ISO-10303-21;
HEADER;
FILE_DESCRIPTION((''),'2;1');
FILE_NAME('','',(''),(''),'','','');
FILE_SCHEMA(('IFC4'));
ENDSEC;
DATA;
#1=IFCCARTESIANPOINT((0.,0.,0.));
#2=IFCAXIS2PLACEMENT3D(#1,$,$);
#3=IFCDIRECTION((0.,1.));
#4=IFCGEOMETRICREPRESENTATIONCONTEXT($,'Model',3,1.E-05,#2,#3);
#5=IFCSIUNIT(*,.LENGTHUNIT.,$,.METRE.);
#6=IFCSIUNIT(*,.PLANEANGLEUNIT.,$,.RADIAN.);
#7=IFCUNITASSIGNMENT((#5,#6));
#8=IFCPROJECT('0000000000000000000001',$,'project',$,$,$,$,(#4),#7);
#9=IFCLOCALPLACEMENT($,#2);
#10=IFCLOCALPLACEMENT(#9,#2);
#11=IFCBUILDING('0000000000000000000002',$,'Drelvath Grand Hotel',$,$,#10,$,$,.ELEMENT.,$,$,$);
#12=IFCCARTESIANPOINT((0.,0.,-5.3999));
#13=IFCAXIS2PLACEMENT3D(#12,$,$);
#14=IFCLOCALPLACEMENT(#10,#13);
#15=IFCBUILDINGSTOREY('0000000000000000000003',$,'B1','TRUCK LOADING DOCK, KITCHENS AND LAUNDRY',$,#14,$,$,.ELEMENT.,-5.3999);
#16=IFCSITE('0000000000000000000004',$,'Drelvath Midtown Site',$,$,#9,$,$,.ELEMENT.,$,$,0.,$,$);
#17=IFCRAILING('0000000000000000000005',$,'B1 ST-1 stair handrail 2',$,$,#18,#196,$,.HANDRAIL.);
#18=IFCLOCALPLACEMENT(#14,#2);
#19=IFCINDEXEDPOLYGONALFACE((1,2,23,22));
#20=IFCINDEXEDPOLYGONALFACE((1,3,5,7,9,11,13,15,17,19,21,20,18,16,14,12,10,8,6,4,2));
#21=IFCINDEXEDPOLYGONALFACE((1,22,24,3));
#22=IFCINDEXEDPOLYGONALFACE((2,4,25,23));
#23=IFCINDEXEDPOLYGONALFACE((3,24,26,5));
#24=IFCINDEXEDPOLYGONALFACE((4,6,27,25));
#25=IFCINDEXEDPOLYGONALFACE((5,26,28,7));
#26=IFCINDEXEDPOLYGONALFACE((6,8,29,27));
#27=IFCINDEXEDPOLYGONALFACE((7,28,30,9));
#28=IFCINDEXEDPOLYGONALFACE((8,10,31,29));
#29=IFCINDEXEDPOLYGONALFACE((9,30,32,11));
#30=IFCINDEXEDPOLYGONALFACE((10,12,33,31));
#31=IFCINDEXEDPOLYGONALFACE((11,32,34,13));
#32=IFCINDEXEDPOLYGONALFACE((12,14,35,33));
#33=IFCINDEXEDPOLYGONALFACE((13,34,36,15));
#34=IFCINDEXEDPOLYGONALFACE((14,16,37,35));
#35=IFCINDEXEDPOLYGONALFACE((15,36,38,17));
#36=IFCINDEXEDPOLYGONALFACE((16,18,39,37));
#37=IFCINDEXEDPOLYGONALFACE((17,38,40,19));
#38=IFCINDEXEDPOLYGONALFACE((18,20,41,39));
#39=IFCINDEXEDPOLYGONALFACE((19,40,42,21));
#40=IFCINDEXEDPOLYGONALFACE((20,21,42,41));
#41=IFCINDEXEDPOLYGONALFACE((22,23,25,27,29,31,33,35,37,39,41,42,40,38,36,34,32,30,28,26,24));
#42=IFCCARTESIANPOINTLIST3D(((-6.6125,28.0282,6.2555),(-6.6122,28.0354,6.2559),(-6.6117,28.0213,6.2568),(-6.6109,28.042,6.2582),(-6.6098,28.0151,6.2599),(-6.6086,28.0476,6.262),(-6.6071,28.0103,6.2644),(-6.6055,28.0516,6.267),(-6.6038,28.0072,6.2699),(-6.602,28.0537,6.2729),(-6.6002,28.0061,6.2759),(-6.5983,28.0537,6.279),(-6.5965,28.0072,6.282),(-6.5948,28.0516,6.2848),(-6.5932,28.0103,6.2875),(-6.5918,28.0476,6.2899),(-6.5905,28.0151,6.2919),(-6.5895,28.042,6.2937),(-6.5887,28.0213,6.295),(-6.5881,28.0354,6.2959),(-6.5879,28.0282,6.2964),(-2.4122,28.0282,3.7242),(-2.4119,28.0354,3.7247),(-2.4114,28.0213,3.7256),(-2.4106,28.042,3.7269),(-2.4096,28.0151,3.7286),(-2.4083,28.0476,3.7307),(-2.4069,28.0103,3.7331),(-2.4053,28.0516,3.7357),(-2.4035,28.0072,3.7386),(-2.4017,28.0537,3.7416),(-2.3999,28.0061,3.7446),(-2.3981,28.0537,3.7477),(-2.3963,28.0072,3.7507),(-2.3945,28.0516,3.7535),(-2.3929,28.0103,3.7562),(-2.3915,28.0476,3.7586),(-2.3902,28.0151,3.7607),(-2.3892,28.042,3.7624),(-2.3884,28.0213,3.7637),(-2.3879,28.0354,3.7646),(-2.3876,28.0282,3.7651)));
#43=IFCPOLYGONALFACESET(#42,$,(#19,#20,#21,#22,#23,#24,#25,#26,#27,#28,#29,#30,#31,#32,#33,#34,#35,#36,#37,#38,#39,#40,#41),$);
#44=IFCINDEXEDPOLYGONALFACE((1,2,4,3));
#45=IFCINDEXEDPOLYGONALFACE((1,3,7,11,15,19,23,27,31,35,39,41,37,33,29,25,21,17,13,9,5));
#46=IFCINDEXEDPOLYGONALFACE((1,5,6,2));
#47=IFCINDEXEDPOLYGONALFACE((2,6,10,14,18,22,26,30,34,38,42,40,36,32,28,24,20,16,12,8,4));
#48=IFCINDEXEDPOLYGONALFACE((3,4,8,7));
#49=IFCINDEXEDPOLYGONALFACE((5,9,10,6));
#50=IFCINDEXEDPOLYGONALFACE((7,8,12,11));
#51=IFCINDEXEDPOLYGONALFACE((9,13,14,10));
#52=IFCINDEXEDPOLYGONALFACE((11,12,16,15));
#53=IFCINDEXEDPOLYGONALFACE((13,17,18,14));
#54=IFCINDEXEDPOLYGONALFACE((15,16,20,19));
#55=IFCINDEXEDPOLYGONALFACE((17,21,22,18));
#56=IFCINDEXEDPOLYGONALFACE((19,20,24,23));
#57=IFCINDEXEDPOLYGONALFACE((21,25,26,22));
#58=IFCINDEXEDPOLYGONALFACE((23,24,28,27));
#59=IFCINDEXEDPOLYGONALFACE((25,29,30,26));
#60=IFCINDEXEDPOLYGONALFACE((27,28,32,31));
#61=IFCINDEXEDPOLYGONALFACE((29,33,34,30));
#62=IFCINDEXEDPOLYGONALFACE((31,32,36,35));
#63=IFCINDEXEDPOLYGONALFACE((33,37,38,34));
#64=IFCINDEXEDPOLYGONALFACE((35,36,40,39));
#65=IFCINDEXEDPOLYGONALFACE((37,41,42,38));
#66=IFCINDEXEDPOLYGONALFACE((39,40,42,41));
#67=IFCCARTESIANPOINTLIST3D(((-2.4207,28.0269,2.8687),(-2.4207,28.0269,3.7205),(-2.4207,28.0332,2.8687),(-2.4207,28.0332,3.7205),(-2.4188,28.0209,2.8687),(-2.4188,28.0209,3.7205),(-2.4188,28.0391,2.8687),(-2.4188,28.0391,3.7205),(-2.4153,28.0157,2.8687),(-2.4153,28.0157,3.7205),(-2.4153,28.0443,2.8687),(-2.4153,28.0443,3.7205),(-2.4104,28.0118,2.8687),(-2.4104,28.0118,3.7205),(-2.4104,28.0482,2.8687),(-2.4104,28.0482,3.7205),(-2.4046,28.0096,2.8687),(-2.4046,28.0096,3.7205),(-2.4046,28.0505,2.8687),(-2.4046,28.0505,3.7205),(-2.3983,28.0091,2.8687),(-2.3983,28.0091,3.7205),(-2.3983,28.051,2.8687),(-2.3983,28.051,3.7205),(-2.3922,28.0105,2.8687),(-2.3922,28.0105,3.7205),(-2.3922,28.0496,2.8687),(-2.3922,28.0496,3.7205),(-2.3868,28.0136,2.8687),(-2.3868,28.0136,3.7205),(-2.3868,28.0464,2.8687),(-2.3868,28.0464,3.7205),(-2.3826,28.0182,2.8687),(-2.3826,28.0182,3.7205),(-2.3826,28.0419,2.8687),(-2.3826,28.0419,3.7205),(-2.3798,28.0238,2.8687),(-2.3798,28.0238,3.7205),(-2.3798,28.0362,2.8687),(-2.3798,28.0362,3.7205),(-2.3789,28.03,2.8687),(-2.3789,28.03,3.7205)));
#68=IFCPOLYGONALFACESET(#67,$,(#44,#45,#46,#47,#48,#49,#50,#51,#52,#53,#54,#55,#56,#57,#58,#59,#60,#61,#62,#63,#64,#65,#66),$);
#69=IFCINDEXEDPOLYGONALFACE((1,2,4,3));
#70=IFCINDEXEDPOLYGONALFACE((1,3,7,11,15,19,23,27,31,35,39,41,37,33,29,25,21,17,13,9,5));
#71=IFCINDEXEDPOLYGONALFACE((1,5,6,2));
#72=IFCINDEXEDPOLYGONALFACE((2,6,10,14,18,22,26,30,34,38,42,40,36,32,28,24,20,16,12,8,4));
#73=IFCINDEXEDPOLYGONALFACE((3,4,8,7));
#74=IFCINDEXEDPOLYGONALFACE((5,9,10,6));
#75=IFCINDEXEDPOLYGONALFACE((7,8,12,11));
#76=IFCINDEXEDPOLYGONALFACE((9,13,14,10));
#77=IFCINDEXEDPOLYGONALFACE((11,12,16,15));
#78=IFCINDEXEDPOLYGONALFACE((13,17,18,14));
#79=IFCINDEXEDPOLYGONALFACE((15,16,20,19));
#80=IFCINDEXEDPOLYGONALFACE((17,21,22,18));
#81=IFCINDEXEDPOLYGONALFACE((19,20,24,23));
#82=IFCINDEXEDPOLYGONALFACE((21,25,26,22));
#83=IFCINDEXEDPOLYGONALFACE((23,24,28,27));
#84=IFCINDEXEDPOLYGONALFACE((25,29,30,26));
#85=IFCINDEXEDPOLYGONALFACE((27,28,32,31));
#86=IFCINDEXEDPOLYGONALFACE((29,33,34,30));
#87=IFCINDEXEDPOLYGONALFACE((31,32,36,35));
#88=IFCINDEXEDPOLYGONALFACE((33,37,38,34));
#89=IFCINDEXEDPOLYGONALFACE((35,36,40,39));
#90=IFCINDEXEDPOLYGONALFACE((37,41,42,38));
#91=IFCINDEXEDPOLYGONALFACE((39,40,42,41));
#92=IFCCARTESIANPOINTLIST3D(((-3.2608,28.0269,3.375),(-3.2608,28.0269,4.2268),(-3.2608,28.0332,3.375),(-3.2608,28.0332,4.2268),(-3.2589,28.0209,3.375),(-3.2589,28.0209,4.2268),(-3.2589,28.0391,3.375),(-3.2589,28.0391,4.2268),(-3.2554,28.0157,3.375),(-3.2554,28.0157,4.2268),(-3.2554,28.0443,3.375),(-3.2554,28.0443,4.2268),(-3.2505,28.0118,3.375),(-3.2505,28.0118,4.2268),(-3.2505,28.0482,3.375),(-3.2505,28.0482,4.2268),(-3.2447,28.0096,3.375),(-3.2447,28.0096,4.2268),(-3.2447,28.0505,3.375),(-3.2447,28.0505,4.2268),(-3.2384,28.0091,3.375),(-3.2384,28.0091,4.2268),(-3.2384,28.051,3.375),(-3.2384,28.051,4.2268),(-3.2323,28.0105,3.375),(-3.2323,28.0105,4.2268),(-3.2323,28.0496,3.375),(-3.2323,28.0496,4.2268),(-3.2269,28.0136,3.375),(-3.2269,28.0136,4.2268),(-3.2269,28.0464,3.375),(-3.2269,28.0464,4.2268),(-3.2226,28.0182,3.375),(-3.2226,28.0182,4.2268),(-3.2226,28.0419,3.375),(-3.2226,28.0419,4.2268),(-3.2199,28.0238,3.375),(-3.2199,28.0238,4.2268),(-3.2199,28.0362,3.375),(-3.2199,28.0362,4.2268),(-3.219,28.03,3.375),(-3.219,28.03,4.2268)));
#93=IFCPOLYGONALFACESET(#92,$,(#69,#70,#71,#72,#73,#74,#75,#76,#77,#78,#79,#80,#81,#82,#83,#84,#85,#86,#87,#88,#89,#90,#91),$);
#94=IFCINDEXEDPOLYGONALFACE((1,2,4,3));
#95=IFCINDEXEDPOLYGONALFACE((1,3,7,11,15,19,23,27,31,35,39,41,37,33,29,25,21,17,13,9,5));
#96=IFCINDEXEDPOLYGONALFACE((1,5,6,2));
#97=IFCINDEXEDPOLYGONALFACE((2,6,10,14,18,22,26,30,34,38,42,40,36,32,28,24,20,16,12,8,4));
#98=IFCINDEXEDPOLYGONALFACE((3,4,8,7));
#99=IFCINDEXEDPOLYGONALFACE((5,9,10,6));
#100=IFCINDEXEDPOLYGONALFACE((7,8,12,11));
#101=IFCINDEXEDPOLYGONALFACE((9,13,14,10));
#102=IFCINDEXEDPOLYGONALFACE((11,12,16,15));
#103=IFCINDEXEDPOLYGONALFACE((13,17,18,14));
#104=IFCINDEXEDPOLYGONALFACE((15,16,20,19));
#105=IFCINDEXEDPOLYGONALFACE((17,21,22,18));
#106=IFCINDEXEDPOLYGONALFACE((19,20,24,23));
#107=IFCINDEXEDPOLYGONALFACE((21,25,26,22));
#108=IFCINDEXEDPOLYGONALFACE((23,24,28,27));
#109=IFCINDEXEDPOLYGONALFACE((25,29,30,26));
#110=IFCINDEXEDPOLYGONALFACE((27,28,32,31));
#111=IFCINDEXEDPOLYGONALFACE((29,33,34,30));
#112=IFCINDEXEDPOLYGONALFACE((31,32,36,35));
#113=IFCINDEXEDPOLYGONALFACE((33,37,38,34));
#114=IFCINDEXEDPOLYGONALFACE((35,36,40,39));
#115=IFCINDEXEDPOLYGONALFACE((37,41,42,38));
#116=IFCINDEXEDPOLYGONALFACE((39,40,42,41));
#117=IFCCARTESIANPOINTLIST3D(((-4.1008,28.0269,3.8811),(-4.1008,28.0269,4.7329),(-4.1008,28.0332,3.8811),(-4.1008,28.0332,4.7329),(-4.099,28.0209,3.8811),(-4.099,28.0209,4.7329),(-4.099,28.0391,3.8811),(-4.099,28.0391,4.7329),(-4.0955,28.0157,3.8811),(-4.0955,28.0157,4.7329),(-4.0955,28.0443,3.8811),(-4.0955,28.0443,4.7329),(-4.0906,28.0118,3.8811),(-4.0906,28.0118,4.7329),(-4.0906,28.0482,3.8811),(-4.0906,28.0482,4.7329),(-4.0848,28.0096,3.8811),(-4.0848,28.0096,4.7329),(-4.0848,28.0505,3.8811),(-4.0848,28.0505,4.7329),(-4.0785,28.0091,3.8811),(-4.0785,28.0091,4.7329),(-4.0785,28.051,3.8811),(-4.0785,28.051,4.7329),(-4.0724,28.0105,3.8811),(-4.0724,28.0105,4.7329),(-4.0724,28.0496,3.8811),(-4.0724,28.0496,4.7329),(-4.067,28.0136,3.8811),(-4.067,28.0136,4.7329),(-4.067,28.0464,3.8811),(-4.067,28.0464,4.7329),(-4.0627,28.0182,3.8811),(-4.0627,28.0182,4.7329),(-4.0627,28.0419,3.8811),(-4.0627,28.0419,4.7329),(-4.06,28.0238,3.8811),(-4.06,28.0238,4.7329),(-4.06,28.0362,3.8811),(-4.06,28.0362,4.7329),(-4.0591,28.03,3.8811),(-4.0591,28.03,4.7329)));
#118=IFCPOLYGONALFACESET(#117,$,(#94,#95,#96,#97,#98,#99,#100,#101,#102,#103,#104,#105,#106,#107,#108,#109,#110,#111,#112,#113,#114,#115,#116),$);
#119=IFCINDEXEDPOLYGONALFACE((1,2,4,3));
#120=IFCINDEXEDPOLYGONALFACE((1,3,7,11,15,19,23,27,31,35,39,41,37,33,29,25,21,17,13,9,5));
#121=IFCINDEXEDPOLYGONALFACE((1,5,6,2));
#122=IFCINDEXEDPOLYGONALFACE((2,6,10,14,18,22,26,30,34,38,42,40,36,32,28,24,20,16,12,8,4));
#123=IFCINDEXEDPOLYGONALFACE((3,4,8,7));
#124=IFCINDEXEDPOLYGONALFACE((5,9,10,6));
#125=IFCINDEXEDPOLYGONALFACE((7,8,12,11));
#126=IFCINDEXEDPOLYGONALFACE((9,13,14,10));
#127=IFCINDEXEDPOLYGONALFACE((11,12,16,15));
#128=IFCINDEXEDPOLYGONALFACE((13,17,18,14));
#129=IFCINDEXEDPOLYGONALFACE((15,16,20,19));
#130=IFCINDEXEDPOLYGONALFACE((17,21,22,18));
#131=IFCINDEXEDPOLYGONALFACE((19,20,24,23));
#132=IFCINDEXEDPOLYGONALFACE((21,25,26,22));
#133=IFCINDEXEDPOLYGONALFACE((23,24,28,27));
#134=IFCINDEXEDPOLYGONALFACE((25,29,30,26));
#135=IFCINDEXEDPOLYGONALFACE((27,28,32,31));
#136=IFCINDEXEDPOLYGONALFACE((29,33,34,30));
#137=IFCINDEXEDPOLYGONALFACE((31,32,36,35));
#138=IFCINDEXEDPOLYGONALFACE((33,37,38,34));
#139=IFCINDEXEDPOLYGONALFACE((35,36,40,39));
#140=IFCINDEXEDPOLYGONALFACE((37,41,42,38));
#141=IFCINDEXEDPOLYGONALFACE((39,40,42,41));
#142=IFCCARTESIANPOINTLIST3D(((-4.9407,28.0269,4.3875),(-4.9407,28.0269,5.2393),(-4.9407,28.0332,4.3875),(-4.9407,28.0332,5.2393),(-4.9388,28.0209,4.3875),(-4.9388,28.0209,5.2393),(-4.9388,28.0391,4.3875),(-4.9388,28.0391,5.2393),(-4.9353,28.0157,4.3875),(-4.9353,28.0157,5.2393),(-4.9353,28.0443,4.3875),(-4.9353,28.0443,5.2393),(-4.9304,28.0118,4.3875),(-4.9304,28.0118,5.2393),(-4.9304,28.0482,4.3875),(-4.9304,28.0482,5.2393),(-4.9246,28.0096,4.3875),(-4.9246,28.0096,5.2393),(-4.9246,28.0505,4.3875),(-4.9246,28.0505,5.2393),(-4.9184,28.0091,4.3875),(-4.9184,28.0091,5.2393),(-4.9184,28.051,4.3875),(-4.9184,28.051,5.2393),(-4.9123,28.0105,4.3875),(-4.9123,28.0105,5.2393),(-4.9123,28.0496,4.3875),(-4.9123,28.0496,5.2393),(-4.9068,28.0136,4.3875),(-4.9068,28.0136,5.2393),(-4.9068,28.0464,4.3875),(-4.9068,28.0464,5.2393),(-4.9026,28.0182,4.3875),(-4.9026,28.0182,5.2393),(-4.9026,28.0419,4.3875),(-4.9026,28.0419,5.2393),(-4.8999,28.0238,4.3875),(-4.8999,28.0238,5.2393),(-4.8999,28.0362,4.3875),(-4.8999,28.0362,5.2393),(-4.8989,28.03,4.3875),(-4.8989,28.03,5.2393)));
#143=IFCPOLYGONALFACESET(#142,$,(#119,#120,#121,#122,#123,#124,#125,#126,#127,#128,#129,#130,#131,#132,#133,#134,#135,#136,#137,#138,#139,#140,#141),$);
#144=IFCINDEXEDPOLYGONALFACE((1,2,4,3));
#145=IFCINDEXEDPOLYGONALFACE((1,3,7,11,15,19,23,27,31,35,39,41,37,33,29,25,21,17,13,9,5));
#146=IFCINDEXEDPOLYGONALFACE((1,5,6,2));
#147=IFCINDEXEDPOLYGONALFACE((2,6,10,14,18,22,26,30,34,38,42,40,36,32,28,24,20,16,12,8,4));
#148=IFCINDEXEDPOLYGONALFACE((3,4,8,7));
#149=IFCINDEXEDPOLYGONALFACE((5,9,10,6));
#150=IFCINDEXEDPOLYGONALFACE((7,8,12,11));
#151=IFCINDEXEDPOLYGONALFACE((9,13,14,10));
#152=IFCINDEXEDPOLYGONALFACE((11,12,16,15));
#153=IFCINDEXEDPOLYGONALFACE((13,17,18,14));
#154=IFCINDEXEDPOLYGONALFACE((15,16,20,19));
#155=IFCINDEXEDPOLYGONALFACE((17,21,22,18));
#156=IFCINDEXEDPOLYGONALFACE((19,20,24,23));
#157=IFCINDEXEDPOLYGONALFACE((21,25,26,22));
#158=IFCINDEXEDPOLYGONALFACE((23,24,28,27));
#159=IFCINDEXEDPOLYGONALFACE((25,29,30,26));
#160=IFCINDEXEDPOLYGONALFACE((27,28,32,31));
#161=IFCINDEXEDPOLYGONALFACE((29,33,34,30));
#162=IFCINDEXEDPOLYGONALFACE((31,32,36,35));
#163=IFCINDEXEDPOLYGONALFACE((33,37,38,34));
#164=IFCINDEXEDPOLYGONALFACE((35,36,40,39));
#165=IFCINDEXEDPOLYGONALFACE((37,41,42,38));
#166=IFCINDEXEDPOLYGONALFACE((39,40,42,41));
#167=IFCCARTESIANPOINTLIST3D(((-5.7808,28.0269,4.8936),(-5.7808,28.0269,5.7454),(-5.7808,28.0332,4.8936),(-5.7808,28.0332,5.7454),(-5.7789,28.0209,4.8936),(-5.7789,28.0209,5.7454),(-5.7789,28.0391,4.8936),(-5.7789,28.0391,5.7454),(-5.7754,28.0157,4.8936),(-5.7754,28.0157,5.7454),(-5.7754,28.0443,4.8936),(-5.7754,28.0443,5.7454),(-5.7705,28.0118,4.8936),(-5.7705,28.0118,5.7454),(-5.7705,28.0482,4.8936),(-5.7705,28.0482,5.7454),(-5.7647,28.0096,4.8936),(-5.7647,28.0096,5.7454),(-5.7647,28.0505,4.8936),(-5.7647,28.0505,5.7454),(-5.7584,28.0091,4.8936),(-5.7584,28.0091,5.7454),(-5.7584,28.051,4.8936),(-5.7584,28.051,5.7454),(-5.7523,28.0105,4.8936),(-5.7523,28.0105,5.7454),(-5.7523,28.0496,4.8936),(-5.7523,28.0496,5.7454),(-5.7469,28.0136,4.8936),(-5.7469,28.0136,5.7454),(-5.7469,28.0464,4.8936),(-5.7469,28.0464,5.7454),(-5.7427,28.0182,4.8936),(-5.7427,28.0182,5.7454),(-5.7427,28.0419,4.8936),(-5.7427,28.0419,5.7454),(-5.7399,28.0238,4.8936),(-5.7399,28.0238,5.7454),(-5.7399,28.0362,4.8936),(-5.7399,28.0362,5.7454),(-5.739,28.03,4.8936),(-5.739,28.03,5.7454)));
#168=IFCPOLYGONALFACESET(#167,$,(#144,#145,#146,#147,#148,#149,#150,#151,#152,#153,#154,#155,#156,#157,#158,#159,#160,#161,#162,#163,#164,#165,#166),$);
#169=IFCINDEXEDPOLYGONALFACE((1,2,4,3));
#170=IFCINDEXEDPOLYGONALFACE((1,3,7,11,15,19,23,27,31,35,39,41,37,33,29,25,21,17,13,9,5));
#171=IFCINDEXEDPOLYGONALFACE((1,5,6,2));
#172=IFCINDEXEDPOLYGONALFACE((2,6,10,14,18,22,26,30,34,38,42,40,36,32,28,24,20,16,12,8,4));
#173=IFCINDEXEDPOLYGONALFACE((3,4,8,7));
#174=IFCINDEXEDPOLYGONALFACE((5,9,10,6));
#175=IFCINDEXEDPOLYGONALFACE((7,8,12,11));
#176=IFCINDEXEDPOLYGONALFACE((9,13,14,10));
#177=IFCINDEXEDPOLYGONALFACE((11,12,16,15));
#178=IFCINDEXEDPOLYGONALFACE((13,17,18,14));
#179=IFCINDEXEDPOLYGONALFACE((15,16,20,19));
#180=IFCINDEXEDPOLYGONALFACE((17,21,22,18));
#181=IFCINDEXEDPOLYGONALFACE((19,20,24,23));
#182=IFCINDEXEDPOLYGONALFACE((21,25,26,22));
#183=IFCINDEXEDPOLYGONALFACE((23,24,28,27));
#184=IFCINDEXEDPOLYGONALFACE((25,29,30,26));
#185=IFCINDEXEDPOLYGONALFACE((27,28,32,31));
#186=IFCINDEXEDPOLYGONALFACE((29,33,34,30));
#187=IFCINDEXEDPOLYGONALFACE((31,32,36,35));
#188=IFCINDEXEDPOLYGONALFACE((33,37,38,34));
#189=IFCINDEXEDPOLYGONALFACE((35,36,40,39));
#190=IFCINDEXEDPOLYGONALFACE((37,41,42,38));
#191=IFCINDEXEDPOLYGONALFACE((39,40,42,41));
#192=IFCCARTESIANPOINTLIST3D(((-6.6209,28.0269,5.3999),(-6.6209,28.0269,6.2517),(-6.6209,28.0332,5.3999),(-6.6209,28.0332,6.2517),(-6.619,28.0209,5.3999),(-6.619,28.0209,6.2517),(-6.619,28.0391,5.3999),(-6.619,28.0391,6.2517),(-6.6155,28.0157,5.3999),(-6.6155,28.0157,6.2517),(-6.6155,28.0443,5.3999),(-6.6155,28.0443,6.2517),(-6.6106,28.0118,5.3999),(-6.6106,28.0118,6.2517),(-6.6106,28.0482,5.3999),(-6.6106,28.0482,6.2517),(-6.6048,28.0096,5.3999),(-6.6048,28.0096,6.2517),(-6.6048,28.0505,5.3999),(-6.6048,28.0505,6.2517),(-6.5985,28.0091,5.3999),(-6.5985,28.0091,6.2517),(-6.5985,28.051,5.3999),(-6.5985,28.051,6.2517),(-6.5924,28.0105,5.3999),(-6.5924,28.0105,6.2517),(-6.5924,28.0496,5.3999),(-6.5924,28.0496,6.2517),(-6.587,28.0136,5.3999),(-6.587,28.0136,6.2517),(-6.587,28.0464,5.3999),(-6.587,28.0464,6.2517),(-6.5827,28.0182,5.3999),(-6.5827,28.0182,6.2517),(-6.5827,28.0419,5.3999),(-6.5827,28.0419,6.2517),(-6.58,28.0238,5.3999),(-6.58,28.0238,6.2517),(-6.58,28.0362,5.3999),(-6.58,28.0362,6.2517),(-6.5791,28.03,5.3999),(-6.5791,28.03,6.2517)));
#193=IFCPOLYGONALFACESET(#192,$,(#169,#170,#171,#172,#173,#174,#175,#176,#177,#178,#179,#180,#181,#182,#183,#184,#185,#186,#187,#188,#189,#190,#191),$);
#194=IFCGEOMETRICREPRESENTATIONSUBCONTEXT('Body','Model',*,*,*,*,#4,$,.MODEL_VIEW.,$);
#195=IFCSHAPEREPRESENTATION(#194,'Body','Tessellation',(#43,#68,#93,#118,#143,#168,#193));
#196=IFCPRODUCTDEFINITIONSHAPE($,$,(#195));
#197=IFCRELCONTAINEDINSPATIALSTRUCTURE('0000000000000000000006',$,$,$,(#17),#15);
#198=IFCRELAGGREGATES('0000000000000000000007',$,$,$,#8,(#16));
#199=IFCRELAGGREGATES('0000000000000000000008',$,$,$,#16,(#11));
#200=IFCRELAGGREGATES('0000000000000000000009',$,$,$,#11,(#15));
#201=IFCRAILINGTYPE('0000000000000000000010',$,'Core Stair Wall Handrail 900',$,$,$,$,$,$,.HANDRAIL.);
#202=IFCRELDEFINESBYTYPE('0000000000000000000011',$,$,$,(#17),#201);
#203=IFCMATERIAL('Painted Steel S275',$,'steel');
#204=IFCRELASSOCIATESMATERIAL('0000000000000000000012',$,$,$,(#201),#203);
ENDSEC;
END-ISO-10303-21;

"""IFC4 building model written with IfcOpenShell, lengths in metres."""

from ifc_helpers import new_model, si_unit, direction, frame, origin, origin_2d, place, context, subcontext, project, spatial, circle, extrude, material, type_object, element, save


model = new_model("IFC4")

# Units and contexts
model_context = context("Model", 3, precision=1e-05, world=origin(), true_north=direction((0.0, 1.0)))
body_context = subcontext(model_context, "Body", "Model", "MODEL_VIEW")
ifc_project = project(units=[si_unit("LENGTHUNIT", "METRE"), si_unit("PLANEANGLEUNIT", "RADIAN")], contexts=[model_context])

# Site, building, storey
site_placement = place(None, origin())
site = spatial("IfcSite", under=ifc_project, at=site_placement, Name="Drelvath Midtown Site", CompositionType="ELEMENT", RefElevation=0.0)
building_placement = place(site_placement, origin())
building = spatial("IfcBuilding", under=site, at=building_placement, Name="Drelvath Grand Hotel", CompositionType="ELEMENT")
storey_placement = place(building_placement, frame((0.0, 0.0, -5.3999)))
storey = spatial("IfcBuildingStorey", under=building, at=storey_placement, Name="B1", Description="TRUCK LOADING DOCK, KITCHENS AND LAUNDRY", CompositionType="ELEMENT", Elevation=-5.3999)

# Shared definitions
ifc_material_1 = material(Name="Painted Steel S275", Category="steel")

# Railing
railing_type_1 = type_object("IfcRailingType", Name="Core Stair Wall Handrail 900", PredefinedType="HANDRAIL", material=ifc_material_1)
railing_1_placement = place(storey_placement, frame((-2.3999, 28.03, 2.8687)))
element("IfcRailing", 1, at=railing_1_placement, inside=storey, type_object=railing_type_1, Name="B1 ST-1 stair handrail 2", PredefinedType="HANDRAIL", context=body_context, shape_type="SweptSolid", body=[
    extrude(circle(Radius=0.0239, at=origin_2d()), frame((0.0, 0.0, 0.876), z_axis=(-0.85649, 0.0, 0.516164), x_axis=(0.0, -1.0, 0.0)), (0.0, 0.0, 1.0), 4.9041),
    extrude(circle(Radius=0.021, at=origin_2d()), origin(), (0.0, 0.0, 1.0), 0.8518),
    extrude(circle(Radius=0.021, at=origin_2d()), frame((-0.8401, 0.0, 0.5063)), (0.0, 0.0, 1.0), 0.8518),
    extrude(circle(Radius=0.021, at=origin_2d()), frame((-1.6802, 0.0, 1.0125)), (0.0, 0.0, 1.0), 0.8518),
    extrude(circle(Radius=0.021, at=origin_2d()), frame((-2.52, 0.0, 1.5188)), (0.0, 0.0, 1.0), 0.8518),
    extrude(circle(Radius=0.021, at=origin_2d()), frame((-3.3601, 0.0, 2.0249)), (0.0, 0.0, 1.0), 0.8518),
    extrude(circle(Radius=0.021, at=origin_2d()), frame((-4.2002, 0.0, 2.5312)), (0.0, 0.0, 1.0), 0.8518),
])

save(model, "model.ifc")
